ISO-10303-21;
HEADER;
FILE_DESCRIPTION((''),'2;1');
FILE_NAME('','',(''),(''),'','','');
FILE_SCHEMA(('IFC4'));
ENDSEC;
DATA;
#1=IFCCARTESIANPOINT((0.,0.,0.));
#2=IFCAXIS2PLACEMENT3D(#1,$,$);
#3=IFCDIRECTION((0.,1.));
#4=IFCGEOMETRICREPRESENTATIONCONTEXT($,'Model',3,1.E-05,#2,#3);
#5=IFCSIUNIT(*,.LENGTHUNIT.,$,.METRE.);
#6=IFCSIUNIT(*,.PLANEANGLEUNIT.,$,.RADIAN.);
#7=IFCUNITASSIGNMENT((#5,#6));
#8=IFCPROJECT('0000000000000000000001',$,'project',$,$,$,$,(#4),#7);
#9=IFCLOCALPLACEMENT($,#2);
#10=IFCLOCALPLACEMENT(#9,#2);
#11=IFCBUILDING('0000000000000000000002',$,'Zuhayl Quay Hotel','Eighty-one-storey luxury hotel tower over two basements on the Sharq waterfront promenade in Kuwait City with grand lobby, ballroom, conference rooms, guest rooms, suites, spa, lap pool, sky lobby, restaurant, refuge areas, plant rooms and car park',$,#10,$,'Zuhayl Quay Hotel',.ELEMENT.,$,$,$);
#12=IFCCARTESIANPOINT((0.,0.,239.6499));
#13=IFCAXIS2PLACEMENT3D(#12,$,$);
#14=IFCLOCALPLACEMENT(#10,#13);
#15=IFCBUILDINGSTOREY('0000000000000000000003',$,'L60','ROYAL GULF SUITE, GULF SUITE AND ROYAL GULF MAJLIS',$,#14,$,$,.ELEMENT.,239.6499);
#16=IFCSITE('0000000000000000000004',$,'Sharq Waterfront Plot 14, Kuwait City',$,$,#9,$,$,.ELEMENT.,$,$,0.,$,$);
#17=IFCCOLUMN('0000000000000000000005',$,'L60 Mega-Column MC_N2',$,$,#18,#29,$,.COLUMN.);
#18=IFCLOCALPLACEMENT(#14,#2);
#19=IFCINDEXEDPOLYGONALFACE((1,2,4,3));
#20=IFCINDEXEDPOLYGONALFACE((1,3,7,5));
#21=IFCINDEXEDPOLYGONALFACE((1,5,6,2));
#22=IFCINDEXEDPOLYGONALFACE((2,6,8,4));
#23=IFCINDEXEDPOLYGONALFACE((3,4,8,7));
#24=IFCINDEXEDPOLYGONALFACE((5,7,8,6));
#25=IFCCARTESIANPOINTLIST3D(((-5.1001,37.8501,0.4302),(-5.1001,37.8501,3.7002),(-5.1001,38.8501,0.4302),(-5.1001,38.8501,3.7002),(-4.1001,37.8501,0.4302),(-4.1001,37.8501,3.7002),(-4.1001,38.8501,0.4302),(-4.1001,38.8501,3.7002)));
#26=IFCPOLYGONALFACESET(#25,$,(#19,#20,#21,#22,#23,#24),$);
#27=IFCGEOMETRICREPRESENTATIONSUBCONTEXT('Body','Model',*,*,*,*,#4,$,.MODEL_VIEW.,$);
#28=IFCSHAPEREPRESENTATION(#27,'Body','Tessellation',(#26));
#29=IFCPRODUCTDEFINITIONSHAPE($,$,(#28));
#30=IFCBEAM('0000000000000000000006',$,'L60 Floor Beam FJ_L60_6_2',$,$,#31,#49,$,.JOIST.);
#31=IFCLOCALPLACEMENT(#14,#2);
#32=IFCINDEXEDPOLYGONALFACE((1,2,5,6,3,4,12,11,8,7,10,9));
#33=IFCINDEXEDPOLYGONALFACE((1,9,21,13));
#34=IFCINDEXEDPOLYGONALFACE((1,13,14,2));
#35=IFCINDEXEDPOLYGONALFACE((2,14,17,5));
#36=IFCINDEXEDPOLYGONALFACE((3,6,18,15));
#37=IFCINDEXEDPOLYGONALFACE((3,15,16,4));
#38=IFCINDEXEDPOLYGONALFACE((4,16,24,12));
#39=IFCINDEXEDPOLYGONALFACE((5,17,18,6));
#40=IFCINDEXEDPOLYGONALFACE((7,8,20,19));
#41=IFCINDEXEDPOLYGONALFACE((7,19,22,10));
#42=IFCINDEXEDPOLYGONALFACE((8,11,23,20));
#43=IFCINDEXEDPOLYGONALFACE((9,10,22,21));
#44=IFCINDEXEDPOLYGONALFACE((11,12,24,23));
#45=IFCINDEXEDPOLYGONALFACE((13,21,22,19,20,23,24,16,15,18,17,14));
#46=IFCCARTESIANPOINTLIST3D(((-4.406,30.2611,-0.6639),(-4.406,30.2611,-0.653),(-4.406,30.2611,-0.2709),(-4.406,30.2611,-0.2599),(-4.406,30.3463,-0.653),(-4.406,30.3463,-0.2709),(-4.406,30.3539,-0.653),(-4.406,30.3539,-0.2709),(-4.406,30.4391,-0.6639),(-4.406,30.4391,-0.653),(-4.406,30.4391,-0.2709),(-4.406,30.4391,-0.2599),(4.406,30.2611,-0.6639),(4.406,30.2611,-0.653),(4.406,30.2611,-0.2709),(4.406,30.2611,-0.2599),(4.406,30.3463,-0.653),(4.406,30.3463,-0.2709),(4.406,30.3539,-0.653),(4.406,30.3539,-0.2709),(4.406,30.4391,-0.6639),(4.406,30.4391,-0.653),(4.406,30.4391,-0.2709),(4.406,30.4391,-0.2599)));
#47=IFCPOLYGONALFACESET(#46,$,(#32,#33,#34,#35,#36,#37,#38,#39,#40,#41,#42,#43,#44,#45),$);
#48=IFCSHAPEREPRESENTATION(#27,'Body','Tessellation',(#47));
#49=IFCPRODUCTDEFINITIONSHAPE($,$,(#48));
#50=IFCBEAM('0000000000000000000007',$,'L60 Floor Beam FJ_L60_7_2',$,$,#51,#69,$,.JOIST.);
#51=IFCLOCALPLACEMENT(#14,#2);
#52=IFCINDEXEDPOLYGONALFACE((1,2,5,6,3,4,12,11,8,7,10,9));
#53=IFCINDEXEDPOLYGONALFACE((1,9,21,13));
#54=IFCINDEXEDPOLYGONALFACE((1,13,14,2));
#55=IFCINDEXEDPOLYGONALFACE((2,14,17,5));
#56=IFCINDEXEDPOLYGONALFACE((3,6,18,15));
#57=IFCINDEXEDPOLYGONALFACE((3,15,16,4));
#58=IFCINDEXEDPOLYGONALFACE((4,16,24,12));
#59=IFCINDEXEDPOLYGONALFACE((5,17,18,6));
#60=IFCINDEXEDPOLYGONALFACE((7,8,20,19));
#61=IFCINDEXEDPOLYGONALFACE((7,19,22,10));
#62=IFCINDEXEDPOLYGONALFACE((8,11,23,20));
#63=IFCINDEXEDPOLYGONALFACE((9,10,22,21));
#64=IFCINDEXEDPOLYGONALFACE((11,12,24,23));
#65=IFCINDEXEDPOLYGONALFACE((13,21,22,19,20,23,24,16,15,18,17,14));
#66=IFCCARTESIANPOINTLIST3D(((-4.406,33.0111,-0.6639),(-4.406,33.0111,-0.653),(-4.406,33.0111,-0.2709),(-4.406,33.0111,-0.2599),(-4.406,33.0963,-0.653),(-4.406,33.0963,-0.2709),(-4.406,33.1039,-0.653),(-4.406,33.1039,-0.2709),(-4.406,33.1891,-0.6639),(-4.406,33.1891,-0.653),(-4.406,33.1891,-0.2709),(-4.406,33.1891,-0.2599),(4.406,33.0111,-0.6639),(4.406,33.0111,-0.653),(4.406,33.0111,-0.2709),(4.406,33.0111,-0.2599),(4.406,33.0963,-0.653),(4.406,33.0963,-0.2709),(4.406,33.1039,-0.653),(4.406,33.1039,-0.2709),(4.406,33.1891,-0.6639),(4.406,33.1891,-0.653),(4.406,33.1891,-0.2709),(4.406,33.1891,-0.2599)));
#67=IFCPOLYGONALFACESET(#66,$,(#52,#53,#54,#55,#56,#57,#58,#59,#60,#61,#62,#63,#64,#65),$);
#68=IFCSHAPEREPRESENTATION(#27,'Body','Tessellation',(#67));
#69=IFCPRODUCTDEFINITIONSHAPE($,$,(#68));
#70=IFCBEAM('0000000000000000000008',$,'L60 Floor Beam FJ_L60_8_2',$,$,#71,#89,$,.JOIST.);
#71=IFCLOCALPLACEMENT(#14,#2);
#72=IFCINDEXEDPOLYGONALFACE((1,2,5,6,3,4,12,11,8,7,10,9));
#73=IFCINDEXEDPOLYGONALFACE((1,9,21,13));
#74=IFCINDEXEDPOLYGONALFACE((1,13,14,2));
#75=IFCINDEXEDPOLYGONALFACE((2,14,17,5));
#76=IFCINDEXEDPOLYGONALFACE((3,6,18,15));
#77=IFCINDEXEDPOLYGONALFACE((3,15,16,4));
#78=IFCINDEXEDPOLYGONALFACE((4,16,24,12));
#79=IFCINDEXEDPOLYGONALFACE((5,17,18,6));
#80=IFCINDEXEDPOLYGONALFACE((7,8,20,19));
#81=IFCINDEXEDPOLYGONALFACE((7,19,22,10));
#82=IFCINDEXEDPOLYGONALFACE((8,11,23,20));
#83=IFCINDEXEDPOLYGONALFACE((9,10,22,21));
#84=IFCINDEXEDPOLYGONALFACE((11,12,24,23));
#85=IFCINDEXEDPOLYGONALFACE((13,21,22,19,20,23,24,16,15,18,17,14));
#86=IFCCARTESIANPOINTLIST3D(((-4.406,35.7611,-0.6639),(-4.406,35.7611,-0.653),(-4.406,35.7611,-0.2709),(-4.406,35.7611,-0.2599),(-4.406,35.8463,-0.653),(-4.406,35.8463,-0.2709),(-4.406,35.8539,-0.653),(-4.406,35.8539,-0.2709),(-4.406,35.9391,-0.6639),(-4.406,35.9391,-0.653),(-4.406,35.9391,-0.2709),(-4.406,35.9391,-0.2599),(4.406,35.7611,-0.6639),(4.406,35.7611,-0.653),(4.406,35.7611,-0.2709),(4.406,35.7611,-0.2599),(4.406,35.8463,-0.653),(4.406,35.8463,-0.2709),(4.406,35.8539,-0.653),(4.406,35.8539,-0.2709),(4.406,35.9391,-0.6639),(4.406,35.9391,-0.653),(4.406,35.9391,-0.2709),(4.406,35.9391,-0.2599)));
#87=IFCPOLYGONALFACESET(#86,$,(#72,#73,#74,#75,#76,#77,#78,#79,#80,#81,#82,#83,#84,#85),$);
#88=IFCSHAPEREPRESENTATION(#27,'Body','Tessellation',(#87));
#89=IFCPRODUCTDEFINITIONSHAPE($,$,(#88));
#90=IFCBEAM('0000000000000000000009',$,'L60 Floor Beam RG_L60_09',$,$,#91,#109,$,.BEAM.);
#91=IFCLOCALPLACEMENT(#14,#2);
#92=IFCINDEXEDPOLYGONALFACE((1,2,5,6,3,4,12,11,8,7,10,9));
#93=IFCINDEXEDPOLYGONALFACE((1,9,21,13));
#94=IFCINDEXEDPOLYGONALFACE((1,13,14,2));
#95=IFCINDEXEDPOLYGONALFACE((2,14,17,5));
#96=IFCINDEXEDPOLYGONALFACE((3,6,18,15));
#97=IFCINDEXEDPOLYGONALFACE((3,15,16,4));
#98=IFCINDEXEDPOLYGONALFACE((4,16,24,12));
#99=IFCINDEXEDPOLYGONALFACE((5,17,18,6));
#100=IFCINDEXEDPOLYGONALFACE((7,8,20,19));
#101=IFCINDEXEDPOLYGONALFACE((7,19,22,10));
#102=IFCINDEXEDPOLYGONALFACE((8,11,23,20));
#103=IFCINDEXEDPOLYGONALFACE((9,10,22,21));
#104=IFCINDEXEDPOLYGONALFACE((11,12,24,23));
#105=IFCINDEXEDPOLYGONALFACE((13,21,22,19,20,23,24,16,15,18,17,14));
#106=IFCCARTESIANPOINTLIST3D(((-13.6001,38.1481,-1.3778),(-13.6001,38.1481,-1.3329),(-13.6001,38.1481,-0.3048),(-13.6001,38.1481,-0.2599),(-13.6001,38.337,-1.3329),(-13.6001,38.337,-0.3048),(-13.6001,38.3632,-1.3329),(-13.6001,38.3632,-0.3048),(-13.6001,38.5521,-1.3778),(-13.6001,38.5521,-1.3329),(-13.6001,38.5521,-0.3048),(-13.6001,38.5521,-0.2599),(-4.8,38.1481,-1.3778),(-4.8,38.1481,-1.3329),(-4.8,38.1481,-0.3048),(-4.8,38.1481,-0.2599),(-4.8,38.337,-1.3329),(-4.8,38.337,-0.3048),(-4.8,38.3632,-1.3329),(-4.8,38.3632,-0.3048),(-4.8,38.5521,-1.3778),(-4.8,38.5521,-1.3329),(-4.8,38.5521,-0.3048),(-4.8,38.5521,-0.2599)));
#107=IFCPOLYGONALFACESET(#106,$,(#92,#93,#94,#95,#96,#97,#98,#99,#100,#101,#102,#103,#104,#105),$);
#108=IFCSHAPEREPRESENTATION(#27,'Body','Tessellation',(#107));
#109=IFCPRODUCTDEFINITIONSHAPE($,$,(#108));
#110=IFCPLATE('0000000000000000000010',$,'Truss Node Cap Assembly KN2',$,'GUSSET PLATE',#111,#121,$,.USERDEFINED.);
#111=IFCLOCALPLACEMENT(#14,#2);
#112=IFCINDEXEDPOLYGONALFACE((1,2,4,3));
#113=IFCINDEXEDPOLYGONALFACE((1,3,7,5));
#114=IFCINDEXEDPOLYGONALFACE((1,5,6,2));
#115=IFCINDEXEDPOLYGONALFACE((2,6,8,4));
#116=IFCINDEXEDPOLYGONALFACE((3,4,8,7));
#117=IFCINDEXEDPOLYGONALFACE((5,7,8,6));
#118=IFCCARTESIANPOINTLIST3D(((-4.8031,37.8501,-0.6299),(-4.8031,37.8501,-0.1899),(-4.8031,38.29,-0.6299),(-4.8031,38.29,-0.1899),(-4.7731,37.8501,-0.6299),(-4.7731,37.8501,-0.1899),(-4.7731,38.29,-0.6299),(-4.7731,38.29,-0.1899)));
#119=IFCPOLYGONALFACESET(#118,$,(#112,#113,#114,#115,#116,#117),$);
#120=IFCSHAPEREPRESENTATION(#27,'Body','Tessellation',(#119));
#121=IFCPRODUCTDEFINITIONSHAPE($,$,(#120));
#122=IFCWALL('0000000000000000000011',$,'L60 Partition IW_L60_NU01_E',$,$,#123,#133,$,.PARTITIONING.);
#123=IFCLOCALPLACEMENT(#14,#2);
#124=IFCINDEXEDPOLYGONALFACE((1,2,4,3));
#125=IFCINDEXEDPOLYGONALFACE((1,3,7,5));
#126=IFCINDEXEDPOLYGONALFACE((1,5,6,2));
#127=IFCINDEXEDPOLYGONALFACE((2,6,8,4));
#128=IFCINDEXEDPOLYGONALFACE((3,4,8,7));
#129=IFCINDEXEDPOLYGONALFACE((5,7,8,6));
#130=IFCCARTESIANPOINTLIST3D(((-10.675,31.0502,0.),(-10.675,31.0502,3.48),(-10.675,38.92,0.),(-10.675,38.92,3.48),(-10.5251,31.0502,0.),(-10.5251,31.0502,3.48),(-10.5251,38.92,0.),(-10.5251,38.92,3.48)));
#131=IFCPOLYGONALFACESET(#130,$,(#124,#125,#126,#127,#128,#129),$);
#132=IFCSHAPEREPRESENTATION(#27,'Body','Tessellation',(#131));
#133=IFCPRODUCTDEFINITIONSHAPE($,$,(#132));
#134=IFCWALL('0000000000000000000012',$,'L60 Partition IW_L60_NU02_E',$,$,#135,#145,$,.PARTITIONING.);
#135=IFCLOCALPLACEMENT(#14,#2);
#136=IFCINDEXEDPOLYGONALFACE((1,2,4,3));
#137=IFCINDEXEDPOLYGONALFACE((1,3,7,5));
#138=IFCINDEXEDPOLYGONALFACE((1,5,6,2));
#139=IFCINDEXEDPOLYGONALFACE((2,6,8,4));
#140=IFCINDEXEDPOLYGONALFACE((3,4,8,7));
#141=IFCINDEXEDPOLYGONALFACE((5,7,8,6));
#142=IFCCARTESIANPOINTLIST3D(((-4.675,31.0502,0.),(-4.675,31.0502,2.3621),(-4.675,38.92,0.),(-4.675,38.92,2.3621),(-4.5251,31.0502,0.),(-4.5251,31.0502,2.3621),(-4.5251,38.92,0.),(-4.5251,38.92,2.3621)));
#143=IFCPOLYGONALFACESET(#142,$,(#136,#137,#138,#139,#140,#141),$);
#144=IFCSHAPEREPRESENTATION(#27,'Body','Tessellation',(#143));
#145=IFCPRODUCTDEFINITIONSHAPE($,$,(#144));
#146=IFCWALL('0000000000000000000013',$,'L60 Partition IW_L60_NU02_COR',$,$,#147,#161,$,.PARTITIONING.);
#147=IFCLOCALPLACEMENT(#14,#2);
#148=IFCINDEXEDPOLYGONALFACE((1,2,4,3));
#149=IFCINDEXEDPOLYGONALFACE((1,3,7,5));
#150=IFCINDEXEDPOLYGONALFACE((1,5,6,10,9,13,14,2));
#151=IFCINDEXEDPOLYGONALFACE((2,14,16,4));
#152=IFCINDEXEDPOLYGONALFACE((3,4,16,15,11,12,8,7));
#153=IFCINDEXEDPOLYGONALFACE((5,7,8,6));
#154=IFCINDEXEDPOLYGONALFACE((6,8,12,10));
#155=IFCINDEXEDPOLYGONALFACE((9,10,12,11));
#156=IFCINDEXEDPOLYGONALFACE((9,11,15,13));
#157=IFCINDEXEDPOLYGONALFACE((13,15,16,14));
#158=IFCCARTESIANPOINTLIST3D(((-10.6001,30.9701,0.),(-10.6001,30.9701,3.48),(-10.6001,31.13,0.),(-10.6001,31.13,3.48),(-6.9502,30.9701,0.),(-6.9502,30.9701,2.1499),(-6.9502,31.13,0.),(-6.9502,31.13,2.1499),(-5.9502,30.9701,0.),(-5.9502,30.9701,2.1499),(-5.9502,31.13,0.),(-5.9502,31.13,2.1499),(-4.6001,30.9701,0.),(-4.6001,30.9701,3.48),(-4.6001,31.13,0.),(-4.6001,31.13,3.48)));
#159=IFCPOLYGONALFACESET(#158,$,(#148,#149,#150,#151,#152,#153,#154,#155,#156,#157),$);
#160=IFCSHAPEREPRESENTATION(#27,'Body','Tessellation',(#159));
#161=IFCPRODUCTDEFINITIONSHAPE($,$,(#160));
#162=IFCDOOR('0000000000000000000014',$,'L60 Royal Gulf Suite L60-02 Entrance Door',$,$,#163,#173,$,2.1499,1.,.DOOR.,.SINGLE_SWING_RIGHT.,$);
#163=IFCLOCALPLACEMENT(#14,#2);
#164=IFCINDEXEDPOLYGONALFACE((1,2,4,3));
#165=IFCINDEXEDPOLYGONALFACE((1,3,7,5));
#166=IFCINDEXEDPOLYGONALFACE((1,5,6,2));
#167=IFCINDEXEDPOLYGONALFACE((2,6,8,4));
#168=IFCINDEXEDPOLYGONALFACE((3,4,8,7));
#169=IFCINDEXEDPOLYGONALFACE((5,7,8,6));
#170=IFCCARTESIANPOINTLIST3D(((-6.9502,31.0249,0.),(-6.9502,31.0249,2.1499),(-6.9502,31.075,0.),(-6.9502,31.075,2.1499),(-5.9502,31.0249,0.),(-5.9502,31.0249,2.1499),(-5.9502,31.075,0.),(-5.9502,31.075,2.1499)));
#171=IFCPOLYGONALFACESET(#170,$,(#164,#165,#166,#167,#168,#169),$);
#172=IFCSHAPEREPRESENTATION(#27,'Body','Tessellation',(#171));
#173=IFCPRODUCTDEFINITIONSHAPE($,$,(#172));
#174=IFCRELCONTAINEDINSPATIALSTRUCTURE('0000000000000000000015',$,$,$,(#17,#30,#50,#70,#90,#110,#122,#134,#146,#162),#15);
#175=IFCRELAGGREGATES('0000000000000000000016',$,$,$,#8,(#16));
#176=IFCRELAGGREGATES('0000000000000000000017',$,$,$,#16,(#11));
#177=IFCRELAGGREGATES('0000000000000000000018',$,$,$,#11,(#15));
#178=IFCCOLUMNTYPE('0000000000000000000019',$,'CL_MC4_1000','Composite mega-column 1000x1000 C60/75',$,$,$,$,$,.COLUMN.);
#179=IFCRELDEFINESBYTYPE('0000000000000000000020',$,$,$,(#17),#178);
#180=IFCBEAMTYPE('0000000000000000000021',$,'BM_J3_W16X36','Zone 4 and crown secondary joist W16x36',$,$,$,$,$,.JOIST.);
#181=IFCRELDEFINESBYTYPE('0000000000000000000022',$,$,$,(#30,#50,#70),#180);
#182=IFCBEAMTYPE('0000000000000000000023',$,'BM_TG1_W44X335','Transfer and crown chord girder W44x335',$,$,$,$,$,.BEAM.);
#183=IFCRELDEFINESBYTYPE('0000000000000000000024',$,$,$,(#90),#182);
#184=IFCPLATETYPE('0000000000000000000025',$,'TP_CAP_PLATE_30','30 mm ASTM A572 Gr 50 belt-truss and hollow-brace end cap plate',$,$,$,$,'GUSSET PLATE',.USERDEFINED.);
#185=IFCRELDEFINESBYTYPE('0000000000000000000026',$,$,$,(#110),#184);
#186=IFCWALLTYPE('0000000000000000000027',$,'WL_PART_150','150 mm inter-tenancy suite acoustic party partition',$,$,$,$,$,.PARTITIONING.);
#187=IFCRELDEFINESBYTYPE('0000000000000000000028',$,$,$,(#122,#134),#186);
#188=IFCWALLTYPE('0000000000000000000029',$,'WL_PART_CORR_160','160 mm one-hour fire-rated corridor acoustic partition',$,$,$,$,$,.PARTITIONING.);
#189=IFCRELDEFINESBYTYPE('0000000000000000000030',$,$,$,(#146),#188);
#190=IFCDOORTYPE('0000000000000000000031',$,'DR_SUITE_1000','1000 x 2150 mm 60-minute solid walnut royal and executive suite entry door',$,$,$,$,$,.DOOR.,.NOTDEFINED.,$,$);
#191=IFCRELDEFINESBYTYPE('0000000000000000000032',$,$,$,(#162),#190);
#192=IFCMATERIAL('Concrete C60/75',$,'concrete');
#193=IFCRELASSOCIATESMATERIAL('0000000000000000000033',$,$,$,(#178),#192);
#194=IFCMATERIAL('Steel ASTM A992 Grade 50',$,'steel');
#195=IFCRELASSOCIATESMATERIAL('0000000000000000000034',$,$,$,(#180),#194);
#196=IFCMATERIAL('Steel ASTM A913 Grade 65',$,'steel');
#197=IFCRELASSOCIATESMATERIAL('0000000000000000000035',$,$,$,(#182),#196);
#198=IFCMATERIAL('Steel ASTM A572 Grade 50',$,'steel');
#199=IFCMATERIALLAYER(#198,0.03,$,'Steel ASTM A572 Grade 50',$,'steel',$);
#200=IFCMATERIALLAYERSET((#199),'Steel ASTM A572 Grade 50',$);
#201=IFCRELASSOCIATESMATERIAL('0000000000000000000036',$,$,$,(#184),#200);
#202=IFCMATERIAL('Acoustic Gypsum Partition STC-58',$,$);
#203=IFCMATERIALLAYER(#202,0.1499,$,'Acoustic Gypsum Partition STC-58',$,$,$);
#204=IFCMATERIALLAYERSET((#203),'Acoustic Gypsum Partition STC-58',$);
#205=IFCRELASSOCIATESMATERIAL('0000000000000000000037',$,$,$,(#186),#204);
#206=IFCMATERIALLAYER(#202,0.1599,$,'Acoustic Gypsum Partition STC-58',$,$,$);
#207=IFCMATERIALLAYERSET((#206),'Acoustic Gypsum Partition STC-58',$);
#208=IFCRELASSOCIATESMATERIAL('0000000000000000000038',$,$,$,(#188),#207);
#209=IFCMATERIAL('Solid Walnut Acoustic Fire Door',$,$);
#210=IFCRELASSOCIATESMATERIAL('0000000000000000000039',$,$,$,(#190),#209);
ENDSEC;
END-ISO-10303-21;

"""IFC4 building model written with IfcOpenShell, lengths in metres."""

from ifc_helpers import new_model, si_unit, direction, frame, frame_2d, origin, origin_2d, place, context, subcontext, project, spatial, rectangle, i_section, extrude, material, layer, layer_set, material_profile, profile_set, type_object, element, fill, save


model = new_model("IFC4")

# Units and contexts
model_context = context("Model", 3, precision=1e-05, world=origin(), true_north=direction((0.0, 1.0)))
body_context = subcontext(model_context, "Body", "Model", "MODEL_VIEW")
ifc_project = project(units=[si_unit("LENGTHUNIT", "METRE"), si_unit("PLANEANGLEUNIT", "RADIAN")], contexts=[model_context])

# Site, building, storey
site_placement = place(None, origin())
site = spatial("IfcSite", under=ifc_project, at=site_placement, Name="Sharq Waterfront Plot 14, Kuwait City", CompositionType="ELEMENT", RefElevation=0.0)
building_placement = place(site_placement, origin())
building = spatial("IfcBuilding", under=site, at=building_placement, Name="Zuhayl Quay Hotel", Description="Eighty-one-storey luxury hotel tower over two basements on the Sharq waterfront promenade in Kuwait City with grand lobby, ballroom, conference rooms, guest rooms, suites, spa, lap pool, sky lobby, restaurant, refuge areas, plant rooms and car park", LongName="Zuhayl Quay Hotel", CompositionType="ELEMENT")
storey_placement = place(building_placement, frame((0.0, 0.0, 239.6499)))
storey = spatial("IfcBuildingStorey", under=building, at=storey_placement, Name="L60", Description="ROYAL GULF SUITE, GULF SUITE AND ROYAL GULF MAJLIS", CompositionType="ELEMENT", Elevation=239.6499)

# Column
ifc_material_1 = material(Name="Concrete C60/75", Category="concrete")
ifc_material_profile_1 = material_profile(ifc_material_1, rectangle(XDim=1.0, YDim=1.0, at=origin_2d()), Name="RC1000X1000")
ifc_profile_set_1 = profile_set([ifc_material_profile_1], Name="Concrete C60/75")
column_type = type_object("IfcColumnType", Name="CL_MC4_1000", Description="Composite mega-column 1000x1000 C60/75", PredefinedType="COLUMN", material=ifc_profile_set_1)
column_placement = place(storey_placement, frame((-4.6001, 38.3501, 0.4302), z_axis=(0.0, 0.0, 1.0), x_axis=(1.0, 0.0, 0.0)))
element("IfcColumn", 1, at=column_placement, inside=storey, type_object=column_type, Name="L60 Mega-Column MC_N2", PredefinedType="COLUMN", context=body_context, shape_type="SweptSolid", body=[
    extrude(rectangle(XDim=1.0, YDim=1.0, at=origin_2d()), origin(), (0.0, 0.0, 1.0), 3.27),
])

# Beams
ifc_material_2 = material(Name="Steel ASTM A992 Grade 50", Category="steel")
ifc_material_profile_2 = material_profile(ifc_material_2, i_section(OverallWidth=0.178, OverallDepth=0.4041, WebThickness=0.0076, FlangeThickness=0.011, at=origin_2d()), Name="W16X36")
ifc_profile_set_2 = profile_set([ifc_material_profile_2], Name="Steel ASTM A992 Grade 50")
beam_type_1 = type_object("IfcBeamType", Name="BM_J3_W16X36", Description="Zone 4 and crown secondary joist W16x36", PredefinedType="JOIST", material=ifc_profile_set_2)
for number, where, z_axis, x_axis, name in (
    (2, (-4.406, 30.3501, -0.4619), (1.0, 0.0, 0.0), (0.0, 1.0, 0.0), "L60 Floor Beam FJ_L60_6_2"),
    (3, (-4.406, 33.1001, -0.4619), (1.0, 0.0, 0.0), (0.0, 1.0, 0.0), "L60 Floor Beam FJ_L60_7_2"),
    (4, (-4.406, 35.8501, -0.4619), (1.0, 0.0, 0.0), (0.0, 1.0, 0.0), "L60 Floor Beam FJ_L60_8_2"),
):
    element("IfcBeam", number, at=place(storey_placement, frame(where, z_axis=z_axis, x_axis=x_axis)), inside=storey, type_object=beam_type_1, Name=name, PredefinedType="JOIST", context=body_context, shape_type="SweptSolid", body=[
        extrude(i_section(OverallWidth=0.178, OverallDepth=0.4041, WebThickness=0.0076, FlangeThickness=0.011, at=origin_2d()), origin(), (0.0, 0.0, 1.0), 8.812),
    ])
ifc_material_3 = material(Name="Steel ASTM A913 Grade 65", Category="steel")
ifc_material_profile_3 = material_profile(ifc_material_3, i_section(OverallWidth=0.4041, OverallDepth=1.1179, WebThickness=0.0261, FlangeThickness=0.0449, at=origin_2d()), Name="W44X335")
ifc_profile_set_3 = profile_set([ifc_material_profile_3], Name="Steel ASTM A913 Grade 65")
beam_type_2 = type_object("IfcBeamType", Name="BM_TG1_W44X335", Description="Transfer and crown chord girder W44x335", PredefinedType="BEAM", material=ifc_profile_set_3)
beam_placement = place(storey_placement, frame((-4.8, 38.3501, -0.8188), z_axis=(-1.0, 0.0, 0.0), x_axis=(0.0, -1.0, 0.0)))
element("IfcBeam", 5, at=beam_placement, inside=storey, type_object=beam_type_2, Name="L60 Floor Beam RG_L60_09", PredefinedType="BEAM", context=body_context, shape_type="SweptSolid", body=[
    extrude(i_section(OverallWidth=0.4041, OverallDepth=1.1179, WebThickness=0.0261, FlangeThickness=0.0449, at=origin_2d()), origin(), (0.0, 0.0, 1.0), 8.8),
])

# Plate
ifc_material_4 = material(Name="Steel ASTM A572 Grade 50", Category="steel")
ifc_layer_1 = layer(ifc_material_4, 0.03, Name="Steel ASTM A572 Grade 50", Category="steel")
ifc_layer_set_1 = layer_set([ifc_layer_1], Name="Steel ASTM A572 Grade 50")
plate_type = type_object("IfcPlateType", Name="TP_CAP_PLATE_30", Description="30 mm ASTM A572 Gr 50 belt-truss and hollow-brace end cap plate", ElementType="GUSSET PLATE", PredefinedType="USERDEFINED", material=ifc_layer_set_1)
plate_placement = place(storey_placement, frame((-4.7881, 38.0701, -0.6299), z_axis=(0.0, 0.0, 1.0), x_axis=(1.0, 0.0, 0.0)))
element("IfcPlate", 6, at=plate_placement, inside=storey, type_object=plate_type, Name="Truss Node Cap Assembly KN2", ObjectType="GUSSET PLATE", PredefinedType="USERDEFINED", context=body_context, shape_type="SweptSolid", body=[
    extrude(rectangle(XDim=0.03, YDim=0.4399, at=origin_2d()), origin(), (0.0, 0.0, 1.0), 0.4399),
])

# Walls
ifc_material_5 = material(Name="Acoustic Gypsum Partition STC-58")
ifc_layer_2 = layer(ifc_material_5, 0.1499, Name="Acoustic Gypsum Partition STC-58")
ifc_layer_set_2 = layer_set([ifc_layer_2], Name="Acoustic Gypsum Partition STC-58")
wall_type_1 = type_object("IfcWallType", Name="WL_PART_150", Description="150 mm inter-tenancy suite acoustic party partition", PredefinedType="PARTITIONING", material=ifc_layer_set_2)
wall_1_placement = place(storey_placement, frame((-10.6001, 31.05, 0.0), z_axis=(0.0, 0.0, 1.0), x_axis=(0.0, 1.0, 0.0)))
element("IfcWall", 7, at=wall_1_placement, inside=storey, type_object=wall_type_1, Name="L60 Partition IW_L60_NU01_E", PredefinedType="PARTITIONING", context=body_context, shape_type="SweptSolid", body=[
    extrude(rectangle(XDim=7.8699, YDim=0.1499, at=frame_2d((3.9351, 0.0))), origin(), (0.0, 0.0, 1.0), 3.48),
])
wall_2_placement = place(storey_placement, frame((-4.6001, 31.05, 0.0), z_axis=(0.0, 0.0, 1.0), x_axis=(0.0, 1.0, 0.0)))
element("IfcWall", 8, at=wall_2_placement, inside=storey, type_object=wall_type_1, Name="L60 Partition IW_L60_NU02_E", PredefinedType="PARTITIONING", context=body_context, shape_type="SweptSolid", body=[
    extrude(rectangle(XDim=7.8699, YDim=0.1499, at=frame_2d((3.9351, 0.0))), origin(), (0.0, 0.0, 1.0), 2.3621),
])

# Wall, opening, door
ifc_layer_3 = layer(ifc_material_5, 0.1599, Name="Acoustic Gypsum Partition STC-58")
ifc_layer_set_3 = layer_set([ifc_layer_3], Name="Acoustic Gypsum Partition STC-58")
wall_type_2 = type_object("IfcWallType", Name="WL_PART_CORR_160", Description="160 mm one-hour fire-rated corridor acoustic partition", PredefinedType="PARTITIONING", material=ifc_layer_set_3)
wall_3_placement = place(storey_placement, frame((-10.6001, 31.05, 0.0), z_axis=(0.0, 0.0, 1.0), x_axis=(1.0, 0.0, 0.0)))
wall_3 = element("IfcWall", 9, at=wall_3_placement, inside=storey, type_object=wall_type_2, Name="L60 Partition IW_L60_NU02_COR", PredefinedType="PARTITIONING", context=body_context, shape_type="SweptSolid", body=[
    extrude(rectangle(XDim=6.0, YDim=0.1599, at=frame_2d((3.0, 0.0))), origin(), (0.0, 0.0, 1.0), 3.48),
])
opening_1_placement = place(wall_3_placement, frame((3.6499, 0.0, 0.0)))
opening_1 = element("IfcOpeningElement", 10, at=opening_1_placement, cuts=wall_3, PredefinedType="OPENING", context=body_context, shape_type="SweptSolid", body=[
    extrude(rectangle(XDim=1.0, YDim=2.1499, at=frame_2d((0.5, 1.075))), frame((0.0, 0.0898, 0.0), z_axis=(0.0, -1.0, 0.0), x_axis=(1.0, 0.0, 0.0)), (0.0, 0.0, 1.0), 0.1799),
])
ifc_material_6 = material(Name="Solid Walnut Acoustic Fire Door")
door_type_1 = type_object("IfcDoorType", Name="DR_SUITE_1000", Description="1000 x 2150 mm 60-minute solid walnut royal and executive suite entry door", OperationType="NOTDEFINED", PredefinedType="DOOR", material=ifc_material_6)
door_1_placement = place(opening_1_placement, origin())
door_1 = element("IfcDoor", 11, at=door_1_placement, inside=storey, type_object=door_type_1, Name="L60 Royal Gulf Suite L60-02 Entrance Door", OperationType="SINGLE_SWING_RIGHT", OverallHeight=2.1499, OverallWidth=1.0, PredefinedType="DOOR", context=body_context, shape_type="SweptSolid", body=[
    extrude(rectangle(XDim=1.0, YDim=2.1499, at=frame_2d((0.5, 1.075))), frame((0.0, 0.0249, 0.0), z_axis=(0.0, -1.0, 0.0), x_axis=(1.0, 0.0, 0.0)), (0.0, 0.0, 1.0), 0.05),
])
fill(opening_1, door_1)

save(model, "model.ifc")
